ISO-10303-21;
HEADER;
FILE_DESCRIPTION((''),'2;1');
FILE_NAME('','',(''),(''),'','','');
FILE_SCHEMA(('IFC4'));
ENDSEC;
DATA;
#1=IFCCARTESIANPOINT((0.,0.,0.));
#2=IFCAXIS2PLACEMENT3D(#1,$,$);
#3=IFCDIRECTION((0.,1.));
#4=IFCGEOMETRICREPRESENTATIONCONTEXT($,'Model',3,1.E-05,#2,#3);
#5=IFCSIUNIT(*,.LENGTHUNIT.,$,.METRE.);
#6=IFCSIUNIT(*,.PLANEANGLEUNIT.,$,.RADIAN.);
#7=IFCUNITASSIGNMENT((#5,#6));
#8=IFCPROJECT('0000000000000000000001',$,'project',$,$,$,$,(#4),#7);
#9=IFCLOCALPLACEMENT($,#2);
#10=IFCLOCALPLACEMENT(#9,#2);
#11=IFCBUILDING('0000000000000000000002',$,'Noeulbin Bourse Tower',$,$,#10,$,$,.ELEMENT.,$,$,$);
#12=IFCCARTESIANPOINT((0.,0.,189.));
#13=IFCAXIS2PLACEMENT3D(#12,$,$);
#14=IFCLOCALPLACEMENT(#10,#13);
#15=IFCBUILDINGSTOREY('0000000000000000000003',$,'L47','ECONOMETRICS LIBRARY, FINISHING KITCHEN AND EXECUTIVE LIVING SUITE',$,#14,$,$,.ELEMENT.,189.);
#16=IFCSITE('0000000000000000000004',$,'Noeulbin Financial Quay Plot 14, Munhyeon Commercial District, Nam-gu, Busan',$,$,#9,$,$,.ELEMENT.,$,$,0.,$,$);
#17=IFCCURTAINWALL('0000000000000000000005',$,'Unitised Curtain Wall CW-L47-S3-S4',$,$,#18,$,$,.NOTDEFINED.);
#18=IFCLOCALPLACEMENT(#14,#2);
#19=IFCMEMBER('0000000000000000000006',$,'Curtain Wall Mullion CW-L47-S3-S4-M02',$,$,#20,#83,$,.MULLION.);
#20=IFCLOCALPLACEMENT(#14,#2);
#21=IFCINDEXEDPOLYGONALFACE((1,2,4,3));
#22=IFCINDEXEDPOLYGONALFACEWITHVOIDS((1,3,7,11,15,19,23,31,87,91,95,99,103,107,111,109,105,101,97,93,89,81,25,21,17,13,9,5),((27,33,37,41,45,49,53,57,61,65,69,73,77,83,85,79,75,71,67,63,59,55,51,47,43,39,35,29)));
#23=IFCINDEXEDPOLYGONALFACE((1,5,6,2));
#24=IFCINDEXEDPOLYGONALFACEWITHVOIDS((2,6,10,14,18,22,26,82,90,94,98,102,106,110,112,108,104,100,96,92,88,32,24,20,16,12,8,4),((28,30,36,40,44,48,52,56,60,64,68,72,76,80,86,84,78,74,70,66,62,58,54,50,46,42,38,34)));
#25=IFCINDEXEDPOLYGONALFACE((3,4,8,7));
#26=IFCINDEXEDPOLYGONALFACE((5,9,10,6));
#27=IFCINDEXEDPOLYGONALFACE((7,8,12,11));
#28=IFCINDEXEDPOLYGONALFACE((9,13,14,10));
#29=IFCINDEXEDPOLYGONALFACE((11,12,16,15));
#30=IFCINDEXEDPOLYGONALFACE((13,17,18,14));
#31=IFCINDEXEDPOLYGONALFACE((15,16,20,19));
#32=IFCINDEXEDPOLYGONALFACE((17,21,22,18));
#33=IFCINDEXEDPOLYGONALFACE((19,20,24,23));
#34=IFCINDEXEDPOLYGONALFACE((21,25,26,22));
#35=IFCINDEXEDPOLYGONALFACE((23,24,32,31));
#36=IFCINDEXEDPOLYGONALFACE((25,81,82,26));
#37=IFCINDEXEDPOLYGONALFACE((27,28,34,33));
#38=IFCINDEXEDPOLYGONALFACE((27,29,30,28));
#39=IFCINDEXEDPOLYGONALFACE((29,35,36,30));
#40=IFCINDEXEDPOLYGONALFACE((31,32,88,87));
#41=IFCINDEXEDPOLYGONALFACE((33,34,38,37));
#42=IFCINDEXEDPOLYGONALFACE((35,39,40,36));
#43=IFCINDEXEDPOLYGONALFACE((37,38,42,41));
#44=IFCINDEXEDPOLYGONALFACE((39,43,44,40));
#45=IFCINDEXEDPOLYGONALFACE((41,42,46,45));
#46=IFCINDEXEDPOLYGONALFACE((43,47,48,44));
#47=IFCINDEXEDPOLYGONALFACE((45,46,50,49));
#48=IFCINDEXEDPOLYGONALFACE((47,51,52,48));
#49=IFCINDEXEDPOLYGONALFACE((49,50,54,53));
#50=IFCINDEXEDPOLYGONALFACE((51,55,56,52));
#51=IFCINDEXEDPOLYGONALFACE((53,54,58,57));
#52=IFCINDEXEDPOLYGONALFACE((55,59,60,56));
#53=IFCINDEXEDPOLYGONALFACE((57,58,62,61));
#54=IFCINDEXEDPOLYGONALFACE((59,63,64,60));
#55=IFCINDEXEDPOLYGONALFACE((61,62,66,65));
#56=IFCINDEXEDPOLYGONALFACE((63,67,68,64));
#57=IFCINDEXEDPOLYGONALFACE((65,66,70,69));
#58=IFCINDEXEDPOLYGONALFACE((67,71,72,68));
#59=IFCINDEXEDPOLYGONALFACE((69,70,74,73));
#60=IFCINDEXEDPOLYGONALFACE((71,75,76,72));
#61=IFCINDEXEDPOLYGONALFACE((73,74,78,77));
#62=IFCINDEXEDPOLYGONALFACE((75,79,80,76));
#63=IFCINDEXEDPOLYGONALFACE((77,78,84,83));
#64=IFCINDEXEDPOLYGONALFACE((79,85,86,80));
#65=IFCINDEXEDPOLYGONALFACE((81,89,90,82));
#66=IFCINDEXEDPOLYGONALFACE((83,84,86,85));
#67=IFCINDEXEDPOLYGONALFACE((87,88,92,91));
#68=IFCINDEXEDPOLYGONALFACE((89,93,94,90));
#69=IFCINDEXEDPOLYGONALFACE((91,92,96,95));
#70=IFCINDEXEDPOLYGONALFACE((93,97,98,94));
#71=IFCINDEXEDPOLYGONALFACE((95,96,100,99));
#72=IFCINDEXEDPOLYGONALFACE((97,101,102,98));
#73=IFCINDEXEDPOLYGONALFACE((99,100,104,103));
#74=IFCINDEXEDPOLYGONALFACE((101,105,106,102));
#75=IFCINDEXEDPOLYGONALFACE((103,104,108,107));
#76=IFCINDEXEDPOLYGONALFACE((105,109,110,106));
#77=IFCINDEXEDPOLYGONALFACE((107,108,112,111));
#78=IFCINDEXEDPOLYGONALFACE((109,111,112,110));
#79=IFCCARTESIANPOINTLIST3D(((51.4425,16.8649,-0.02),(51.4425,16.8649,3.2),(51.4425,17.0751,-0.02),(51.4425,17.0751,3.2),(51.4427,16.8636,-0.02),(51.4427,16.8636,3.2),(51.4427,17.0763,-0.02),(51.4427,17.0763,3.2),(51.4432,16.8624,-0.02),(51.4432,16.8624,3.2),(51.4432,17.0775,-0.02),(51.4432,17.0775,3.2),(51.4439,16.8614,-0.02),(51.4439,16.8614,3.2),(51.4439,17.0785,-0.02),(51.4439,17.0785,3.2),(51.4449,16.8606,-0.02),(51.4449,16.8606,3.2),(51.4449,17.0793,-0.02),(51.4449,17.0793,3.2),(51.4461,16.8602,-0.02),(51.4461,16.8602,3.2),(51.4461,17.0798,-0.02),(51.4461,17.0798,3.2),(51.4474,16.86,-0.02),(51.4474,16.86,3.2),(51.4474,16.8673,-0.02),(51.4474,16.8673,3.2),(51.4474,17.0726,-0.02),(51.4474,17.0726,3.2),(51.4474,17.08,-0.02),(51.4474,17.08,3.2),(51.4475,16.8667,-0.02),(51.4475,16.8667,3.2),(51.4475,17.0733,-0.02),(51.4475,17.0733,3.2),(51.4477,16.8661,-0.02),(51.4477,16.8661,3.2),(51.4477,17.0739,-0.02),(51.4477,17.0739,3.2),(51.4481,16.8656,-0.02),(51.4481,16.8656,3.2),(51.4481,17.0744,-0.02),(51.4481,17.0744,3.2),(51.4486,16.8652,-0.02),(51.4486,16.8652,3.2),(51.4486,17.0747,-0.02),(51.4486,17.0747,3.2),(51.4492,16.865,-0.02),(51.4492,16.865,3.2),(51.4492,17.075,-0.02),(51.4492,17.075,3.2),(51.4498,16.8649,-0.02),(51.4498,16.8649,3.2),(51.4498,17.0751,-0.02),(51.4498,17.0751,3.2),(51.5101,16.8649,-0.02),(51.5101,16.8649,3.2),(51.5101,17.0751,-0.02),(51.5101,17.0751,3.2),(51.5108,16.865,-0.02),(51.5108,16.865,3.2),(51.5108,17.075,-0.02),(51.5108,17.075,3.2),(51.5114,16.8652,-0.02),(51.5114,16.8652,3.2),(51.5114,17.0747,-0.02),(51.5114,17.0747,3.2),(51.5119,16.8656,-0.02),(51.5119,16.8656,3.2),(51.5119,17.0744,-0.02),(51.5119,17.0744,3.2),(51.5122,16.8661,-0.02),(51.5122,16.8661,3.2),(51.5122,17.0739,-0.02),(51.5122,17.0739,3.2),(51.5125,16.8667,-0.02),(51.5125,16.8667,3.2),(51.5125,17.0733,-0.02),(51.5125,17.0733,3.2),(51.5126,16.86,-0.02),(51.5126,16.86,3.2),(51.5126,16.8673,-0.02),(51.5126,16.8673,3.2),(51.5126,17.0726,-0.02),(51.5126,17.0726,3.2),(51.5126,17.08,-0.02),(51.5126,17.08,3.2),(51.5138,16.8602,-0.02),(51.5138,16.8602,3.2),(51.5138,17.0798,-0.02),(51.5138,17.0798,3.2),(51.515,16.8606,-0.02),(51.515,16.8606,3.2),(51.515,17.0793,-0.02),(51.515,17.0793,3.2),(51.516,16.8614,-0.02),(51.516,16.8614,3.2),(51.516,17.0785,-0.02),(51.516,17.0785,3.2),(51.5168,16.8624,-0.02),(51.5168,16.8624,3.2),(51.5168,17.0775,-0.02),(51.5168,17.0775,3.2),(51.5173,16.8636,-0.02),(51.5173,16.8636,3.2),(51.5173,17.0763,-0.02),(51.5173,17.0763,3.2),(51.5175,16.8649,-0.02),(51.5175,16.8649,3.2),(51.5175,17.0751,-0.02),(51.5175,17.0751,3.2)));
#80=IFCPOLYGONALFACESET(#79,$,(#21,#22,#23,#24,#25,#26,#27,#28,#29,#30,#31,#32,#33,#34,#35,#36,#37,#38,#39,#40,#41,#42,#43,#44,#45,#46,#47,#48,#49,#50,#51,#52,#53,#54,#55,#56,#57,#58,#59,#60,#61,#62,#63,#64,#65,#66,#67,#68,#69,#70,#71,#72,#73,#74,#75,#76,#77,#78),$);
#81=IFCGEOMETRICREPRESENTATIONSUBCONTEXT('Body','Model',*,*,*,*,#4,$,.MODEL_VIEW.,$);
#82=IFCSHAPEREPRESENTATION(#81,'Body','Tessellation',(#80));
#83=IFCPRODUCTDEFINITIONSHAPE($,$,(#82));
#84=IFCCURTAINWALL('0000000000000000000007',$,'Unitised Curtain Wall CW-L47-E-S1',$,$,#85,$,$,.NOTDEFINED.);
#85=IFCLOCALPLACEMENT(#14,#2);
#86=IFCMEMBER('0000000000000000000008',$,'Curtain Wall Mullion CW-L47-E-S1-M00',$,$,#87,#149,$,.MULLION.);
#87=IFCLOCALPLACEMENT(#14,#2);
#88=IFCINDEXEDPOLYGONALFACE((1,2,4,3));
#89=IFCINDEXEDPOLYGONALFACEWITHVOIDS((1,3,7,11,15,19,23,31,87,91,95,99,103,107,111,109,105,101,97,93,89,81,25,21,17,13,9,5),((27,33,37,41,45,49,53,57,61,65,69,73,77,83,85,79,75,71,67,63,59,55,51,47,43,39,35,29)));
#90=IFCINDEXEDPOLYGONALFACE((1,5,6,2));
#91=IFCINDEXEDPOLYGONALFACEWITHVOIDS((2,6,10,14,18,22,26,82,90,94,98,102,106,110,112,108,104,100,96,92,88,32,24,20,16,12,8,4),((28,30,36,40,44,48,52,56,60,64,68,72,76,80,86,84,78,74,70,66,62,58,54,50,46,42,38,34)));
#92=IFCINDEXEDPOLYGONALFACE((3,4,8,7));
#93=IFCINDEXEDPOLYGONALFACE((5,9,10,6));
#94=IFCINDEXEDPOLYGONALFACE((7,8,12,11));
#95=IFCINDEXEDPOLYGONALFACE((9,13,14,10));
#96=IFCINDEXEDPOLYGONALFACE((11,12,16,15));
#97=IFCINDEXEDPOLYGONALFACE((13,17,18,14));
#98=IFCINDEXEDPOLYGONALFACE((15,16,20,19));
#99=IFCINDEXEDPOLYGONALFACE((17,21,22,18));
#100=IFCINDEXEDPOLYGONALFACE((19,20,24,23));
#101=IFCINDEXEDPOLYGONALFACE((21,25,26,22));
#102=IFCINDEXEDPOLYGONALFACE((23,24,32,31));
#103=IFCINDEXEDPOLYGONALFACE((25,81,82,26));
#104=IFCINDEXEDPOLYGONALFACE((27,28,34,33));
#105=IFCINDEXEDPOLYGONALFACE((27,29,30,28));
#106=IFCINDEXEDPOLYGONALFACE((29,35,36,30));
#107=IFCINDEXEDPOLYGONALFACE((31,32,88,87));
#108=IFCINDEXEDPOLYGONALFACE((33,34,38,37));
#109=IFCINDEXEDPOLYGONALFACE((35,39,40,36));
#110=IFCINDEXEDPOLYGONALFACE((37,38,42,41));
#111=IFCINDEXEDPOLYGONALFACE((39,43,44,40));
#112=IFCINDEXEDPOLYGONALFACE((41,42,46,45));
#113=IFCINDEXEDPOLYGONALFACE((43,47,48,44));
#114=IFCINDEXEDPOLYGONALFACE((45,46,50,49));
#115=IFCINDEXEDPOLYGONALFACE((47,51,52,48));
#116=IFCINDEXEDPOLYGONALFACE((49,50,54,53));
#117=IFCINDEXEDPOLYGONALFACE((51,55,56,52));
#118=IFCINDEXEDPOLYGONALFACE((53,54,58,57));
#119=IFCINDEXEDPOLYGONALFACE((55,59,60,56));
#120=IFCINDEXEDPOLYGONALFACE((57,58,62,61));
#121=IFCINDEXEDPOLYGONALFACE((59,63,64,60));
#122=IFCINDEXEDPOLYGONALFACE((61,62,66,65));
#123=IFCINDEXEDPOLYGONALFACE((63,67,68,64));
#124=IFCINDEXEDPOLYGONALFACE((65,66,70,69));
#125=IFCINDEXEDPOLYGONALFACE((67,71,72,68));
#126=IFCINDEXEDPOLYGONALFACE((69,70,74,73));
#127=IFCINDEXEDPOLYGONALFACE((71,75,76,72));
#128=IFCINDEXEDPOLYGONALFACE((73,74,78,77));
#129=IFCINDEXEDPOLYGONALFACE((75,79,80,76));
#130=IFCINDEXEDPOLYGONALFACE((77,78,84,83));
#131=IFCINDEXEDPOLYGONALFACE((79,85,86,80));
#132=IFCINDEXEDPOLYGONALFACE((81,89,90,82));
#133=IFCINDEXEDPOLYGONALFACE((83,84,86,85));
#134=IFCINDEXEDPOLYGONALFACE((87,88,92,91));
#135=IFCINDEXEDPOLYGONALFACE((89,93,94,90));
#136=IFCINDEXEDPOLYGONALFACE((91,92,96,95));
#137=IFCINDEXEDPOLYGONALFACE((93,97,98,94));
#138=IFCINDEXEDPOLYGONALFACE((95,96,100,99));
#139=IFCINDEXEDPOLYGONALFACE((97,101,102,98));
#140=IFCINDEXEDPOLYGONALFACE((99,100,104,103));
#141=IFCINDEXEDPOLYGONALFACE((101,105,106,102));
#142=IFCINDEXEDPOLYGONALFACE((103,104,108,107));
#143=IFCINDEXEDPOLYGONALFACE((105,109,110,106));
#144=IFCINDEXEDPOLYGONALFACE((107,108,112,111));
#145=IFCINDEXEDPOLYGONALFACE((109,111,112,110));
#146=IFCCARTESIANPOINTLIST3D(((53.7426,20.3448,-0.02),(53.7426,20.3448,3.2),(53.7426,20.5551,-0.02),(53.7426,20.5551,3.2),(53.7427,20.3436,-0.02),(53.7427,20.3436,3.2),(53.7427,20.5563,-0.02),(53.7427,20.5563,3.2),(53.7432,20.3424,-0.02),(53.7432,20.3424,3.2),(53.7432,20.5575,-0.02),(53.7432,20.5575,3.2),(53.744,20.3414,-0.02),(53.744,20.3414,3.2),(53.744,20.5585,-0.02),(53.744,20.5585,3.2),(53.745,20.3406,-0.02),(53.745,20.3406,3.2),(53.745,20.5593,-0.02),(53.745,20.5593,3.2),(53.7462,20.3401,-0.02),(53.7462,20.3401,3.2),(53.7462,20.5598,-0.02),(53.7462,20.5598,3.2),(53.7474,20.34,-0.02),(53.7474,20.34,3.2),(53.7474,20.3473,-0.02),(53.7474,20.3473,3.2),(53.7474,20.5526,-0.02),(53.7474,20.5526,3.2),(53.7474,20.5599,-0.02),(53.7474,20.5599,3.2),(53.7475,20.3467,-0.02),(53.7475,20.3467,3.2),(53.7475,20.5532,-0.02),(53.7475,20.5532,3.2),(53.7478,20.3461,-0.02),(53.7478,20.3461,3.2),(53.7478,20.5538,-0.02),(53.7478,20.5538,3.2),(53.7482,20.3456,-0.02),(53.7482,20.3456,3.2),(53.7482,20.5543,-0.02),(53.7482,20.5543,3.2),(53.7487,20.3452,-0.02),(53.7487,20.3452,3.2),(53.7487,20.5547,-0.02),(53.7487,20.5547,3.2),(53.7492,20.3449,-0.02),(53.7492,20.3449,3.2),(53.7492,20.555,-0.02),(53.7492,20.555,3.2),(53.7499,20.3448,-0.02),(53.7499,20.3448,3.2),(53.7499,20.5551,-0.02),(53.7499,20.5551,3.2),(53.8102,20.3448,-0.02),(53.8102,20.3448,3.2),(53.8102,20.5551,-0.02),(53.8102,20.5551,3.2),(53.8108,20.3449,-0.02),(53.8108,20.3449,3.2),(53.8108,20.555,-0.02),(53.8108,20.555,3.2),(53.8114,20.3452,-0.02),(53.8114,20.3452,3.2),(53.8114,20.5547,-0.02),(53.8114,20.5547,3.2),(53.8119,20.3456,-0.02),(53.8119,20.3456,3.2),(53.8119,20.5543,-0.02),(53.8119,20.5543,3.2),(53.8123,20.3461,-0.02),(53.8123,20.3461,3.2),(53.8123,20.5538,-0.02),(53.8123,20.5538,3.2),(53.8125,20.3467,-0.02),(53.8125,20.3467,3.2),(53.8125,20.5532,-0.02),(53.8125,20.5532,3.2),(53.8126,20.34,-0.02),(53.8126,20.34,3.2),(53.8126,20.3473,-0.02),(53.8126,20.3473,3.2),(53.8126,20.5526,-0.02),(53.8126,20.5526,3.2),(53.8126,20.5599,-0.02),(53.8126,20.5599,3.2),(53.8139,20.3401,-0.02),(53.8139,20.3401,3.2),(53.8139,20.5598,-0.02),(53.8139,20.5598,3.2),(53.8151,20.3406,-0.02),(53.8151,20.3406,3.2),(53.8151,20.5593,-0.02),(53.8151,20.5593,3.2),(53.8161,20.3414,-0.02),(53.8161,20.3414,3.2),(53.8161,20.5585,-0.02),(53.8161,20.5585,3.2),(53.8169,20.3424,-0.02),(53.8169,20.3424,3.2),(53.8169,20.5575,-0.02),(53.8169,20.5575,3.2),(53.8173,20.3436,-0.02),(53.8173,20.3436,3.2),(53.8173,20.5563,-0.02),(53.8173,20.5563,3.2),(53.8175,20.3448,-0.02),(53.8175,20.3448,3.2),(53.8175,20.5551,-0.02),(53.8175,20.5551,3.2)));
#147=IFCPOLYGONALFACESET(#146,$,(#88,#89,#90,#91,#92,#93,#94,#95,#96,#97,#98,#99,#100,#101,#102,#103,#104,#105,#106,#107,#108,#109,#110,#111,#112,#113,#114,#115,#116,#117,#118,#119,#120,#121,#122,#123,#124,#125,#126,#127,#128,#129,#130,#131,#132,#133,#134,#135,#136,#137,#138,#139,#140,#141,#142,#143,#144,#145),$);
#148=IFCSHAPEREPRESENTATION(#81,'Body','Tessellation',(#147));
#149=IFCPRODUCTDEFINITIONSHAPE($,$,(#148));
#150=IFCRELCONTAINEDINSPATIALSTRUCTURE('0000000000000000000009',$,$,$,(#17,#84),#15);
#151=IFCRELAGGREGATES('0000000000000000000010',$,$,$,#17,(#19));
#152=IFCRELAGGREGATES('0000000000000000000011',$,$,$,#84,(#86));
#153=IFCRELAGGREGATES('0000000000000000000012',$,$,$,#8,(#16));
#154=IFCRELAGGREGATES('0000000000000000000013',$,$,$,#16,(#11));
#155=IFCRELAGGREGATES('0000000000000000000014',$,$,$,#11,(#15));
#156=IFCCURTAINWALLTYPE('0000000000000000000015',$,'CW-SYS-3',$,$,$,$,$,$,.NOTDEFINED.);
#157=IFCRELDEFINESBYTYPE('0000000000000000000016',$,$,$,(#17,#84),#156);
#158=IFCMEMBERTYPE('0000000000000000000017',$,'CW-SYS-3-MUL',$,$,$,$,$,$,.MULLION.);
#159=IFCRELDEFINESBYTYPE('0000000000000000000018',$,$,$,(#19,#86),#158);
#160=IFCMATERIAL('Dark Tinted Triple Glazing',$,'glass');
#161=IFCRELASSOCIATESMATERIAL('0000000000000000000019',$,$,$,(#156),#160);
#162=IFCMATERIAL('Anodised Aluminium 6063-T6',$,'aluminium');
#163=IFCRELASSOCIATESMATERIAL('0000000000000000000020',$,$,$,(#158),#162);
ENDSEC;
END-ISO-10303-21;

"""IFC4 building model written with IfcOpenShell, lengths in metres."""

from ifc_helpers import new_model, si_unit, direction, frame, origin, origin_2d, place, context, subcontext, project, spatial, hollow_rectangle, extrude, material, material_profile, profile_set, type_object, element, aggregate, save


model = new_model("IFC4")

# Units and contexts
model_context = context("Model", 3, precision=1e-05, world=origin(), true_north=direction((0.0, 1.0)))
body_context = subcontext(model_context, "Body", "Model", "MODEL_VIEW")
ifc_project = project(units=[si_unit("LENGTHUNIT", "METRE"), si_unit("PLANEANGLEUNIT", "RADIAN")], contexts=[model_context])

# Site, building, storey
site_placement = place(None, origin())
site = spatial("IfcSite", under=ifc_project, at=site_placement, Name="Noeulbin Financial Quay Plot 14, Munhyeon Commercial District, Nam-gu, Busan", CompositionType="ELEMENT", RefElevation=0.0)
building_placement = place(site_placement, origin())
building = spatial("IfcBuilding", under=site, at=building_placement, Name="Noeulbin Bourse Tower", CompositionType="ELEMENT")
storey_placement = place(building_placement, frame((0.0, 0.0, 189.0)))
storey = spatial("IfcBuildingStorey", under=building, at=storey_placement, Name="L47", Description="ECONOMETRICS LIBRARY, FINISHING KITCHEN AND EXECUTIVE LIVING SUITE", CompositionType="ELEMENT", Elevation=189.0)

# Curtain walls, members
ifc_material_1 = material(Name="Dark Tinted Triple Glazing", Category="glass")
curtain_wall_type = type_object("IfcCurtainWallType", Name="CW-SYS-3", PredefinedType="NOTDEFINED", material=ifc_material_1)
curtain_wall_1_placement = place(storey_placement, origin())
curtain_wall_1 = element("IfcCurtainWall", 1, at=curtain_wall_1_placement, inside=storey, type_object=curtain_wall_type, Name="Unitised Curtain Wall CW-L47-S3-S4", PredefinedType="NOTDEFINED")
ifc_material_2 = material(Name="Anodised Aluminium 6063-T6", Category="aluminium")
ifc_material_profile_1 = material_profile(ifc_material_2, hollow_rectangle(XDim=0.075, YDim=0.22, WallThickness=0.0049, InnerFilletRadius=0.0024, OuterFilletRadius=0.0049, at=origin_2d()), Name="ALU-MULL-75x220x5", Category="LoadBearing")
ifc_profile_set_1 = profile_set([ifc_material_profile_1], Name="Anodised Aluminium 6063-T6")
member_type_1 = type_object("IfcMemberType", Name="CW-SYS-3-MUL", PredefinedType="MULLION", material=ifc_profile_set_1)
member_1_placement = place(storey_placement, frame((51.48, 16.97, -0.02), z_axis=(0.0, 0.0, 1.0), x_axis=(1.0, 0.0, 0.0)))
member_1 = element("IfcMember", 2, at=member_1_placement, type_object=member_type_1, Name="Curtain Wall Mullion CW-L47-S3-S4-M02", PredefinedType="MULLION", context=body_context, shape_type="SweptSolid", body=[
    extrude(hollow_rectangle(XDim=0.075, YDim=0.22, WallThickness=0.0049, InnerFilletRadius=0.0024, OuterFilletRadius=0.0049, at=origin_2d()), origin(), (0.0, 0.0, 1.0), 3.22),
])
curtain_wall_2_placement = place(storey_placement, origin())
curtain_wall_2 = element("IfcCurtainWall", 3, at=curtain_wall_2_placement, inside=storey, type_object=curtain_wall_type, Name="Unitised Curtain Wall CW-L47-E-S1", PredefinedType="NOTDEFINED")
member_2_placement = place(storey_placement, frame((53.78, 20.45, -0.02), z_axis=(0.0, 0.0, 1.0), x_axis=(1.0, 0.0, 0.0)))
member_2 = element("IfcMember", 4, at=member_2_placement, type_object=member_type_1, Name="Curtain Wall Mullion CW-L47-E-S1-M00", PredefinedType="MULLION", context=body_context, shape_type="SweptSolid", body=[
    extrude(hollow_rectangle(XDim=0.075, YDim=0.22, WallThickness=0.0049, InnerFilletRadius=0.0024, OuterFilletRadius=0.0049, at=origin_2d()), origin(), (0.0, 0.0, 1.0), 3.22),
])

aggregate(curtain_wall_1, [member_1])
aggregate(curtain_wall_2, [member_2])

save(model, "model.ifc")
